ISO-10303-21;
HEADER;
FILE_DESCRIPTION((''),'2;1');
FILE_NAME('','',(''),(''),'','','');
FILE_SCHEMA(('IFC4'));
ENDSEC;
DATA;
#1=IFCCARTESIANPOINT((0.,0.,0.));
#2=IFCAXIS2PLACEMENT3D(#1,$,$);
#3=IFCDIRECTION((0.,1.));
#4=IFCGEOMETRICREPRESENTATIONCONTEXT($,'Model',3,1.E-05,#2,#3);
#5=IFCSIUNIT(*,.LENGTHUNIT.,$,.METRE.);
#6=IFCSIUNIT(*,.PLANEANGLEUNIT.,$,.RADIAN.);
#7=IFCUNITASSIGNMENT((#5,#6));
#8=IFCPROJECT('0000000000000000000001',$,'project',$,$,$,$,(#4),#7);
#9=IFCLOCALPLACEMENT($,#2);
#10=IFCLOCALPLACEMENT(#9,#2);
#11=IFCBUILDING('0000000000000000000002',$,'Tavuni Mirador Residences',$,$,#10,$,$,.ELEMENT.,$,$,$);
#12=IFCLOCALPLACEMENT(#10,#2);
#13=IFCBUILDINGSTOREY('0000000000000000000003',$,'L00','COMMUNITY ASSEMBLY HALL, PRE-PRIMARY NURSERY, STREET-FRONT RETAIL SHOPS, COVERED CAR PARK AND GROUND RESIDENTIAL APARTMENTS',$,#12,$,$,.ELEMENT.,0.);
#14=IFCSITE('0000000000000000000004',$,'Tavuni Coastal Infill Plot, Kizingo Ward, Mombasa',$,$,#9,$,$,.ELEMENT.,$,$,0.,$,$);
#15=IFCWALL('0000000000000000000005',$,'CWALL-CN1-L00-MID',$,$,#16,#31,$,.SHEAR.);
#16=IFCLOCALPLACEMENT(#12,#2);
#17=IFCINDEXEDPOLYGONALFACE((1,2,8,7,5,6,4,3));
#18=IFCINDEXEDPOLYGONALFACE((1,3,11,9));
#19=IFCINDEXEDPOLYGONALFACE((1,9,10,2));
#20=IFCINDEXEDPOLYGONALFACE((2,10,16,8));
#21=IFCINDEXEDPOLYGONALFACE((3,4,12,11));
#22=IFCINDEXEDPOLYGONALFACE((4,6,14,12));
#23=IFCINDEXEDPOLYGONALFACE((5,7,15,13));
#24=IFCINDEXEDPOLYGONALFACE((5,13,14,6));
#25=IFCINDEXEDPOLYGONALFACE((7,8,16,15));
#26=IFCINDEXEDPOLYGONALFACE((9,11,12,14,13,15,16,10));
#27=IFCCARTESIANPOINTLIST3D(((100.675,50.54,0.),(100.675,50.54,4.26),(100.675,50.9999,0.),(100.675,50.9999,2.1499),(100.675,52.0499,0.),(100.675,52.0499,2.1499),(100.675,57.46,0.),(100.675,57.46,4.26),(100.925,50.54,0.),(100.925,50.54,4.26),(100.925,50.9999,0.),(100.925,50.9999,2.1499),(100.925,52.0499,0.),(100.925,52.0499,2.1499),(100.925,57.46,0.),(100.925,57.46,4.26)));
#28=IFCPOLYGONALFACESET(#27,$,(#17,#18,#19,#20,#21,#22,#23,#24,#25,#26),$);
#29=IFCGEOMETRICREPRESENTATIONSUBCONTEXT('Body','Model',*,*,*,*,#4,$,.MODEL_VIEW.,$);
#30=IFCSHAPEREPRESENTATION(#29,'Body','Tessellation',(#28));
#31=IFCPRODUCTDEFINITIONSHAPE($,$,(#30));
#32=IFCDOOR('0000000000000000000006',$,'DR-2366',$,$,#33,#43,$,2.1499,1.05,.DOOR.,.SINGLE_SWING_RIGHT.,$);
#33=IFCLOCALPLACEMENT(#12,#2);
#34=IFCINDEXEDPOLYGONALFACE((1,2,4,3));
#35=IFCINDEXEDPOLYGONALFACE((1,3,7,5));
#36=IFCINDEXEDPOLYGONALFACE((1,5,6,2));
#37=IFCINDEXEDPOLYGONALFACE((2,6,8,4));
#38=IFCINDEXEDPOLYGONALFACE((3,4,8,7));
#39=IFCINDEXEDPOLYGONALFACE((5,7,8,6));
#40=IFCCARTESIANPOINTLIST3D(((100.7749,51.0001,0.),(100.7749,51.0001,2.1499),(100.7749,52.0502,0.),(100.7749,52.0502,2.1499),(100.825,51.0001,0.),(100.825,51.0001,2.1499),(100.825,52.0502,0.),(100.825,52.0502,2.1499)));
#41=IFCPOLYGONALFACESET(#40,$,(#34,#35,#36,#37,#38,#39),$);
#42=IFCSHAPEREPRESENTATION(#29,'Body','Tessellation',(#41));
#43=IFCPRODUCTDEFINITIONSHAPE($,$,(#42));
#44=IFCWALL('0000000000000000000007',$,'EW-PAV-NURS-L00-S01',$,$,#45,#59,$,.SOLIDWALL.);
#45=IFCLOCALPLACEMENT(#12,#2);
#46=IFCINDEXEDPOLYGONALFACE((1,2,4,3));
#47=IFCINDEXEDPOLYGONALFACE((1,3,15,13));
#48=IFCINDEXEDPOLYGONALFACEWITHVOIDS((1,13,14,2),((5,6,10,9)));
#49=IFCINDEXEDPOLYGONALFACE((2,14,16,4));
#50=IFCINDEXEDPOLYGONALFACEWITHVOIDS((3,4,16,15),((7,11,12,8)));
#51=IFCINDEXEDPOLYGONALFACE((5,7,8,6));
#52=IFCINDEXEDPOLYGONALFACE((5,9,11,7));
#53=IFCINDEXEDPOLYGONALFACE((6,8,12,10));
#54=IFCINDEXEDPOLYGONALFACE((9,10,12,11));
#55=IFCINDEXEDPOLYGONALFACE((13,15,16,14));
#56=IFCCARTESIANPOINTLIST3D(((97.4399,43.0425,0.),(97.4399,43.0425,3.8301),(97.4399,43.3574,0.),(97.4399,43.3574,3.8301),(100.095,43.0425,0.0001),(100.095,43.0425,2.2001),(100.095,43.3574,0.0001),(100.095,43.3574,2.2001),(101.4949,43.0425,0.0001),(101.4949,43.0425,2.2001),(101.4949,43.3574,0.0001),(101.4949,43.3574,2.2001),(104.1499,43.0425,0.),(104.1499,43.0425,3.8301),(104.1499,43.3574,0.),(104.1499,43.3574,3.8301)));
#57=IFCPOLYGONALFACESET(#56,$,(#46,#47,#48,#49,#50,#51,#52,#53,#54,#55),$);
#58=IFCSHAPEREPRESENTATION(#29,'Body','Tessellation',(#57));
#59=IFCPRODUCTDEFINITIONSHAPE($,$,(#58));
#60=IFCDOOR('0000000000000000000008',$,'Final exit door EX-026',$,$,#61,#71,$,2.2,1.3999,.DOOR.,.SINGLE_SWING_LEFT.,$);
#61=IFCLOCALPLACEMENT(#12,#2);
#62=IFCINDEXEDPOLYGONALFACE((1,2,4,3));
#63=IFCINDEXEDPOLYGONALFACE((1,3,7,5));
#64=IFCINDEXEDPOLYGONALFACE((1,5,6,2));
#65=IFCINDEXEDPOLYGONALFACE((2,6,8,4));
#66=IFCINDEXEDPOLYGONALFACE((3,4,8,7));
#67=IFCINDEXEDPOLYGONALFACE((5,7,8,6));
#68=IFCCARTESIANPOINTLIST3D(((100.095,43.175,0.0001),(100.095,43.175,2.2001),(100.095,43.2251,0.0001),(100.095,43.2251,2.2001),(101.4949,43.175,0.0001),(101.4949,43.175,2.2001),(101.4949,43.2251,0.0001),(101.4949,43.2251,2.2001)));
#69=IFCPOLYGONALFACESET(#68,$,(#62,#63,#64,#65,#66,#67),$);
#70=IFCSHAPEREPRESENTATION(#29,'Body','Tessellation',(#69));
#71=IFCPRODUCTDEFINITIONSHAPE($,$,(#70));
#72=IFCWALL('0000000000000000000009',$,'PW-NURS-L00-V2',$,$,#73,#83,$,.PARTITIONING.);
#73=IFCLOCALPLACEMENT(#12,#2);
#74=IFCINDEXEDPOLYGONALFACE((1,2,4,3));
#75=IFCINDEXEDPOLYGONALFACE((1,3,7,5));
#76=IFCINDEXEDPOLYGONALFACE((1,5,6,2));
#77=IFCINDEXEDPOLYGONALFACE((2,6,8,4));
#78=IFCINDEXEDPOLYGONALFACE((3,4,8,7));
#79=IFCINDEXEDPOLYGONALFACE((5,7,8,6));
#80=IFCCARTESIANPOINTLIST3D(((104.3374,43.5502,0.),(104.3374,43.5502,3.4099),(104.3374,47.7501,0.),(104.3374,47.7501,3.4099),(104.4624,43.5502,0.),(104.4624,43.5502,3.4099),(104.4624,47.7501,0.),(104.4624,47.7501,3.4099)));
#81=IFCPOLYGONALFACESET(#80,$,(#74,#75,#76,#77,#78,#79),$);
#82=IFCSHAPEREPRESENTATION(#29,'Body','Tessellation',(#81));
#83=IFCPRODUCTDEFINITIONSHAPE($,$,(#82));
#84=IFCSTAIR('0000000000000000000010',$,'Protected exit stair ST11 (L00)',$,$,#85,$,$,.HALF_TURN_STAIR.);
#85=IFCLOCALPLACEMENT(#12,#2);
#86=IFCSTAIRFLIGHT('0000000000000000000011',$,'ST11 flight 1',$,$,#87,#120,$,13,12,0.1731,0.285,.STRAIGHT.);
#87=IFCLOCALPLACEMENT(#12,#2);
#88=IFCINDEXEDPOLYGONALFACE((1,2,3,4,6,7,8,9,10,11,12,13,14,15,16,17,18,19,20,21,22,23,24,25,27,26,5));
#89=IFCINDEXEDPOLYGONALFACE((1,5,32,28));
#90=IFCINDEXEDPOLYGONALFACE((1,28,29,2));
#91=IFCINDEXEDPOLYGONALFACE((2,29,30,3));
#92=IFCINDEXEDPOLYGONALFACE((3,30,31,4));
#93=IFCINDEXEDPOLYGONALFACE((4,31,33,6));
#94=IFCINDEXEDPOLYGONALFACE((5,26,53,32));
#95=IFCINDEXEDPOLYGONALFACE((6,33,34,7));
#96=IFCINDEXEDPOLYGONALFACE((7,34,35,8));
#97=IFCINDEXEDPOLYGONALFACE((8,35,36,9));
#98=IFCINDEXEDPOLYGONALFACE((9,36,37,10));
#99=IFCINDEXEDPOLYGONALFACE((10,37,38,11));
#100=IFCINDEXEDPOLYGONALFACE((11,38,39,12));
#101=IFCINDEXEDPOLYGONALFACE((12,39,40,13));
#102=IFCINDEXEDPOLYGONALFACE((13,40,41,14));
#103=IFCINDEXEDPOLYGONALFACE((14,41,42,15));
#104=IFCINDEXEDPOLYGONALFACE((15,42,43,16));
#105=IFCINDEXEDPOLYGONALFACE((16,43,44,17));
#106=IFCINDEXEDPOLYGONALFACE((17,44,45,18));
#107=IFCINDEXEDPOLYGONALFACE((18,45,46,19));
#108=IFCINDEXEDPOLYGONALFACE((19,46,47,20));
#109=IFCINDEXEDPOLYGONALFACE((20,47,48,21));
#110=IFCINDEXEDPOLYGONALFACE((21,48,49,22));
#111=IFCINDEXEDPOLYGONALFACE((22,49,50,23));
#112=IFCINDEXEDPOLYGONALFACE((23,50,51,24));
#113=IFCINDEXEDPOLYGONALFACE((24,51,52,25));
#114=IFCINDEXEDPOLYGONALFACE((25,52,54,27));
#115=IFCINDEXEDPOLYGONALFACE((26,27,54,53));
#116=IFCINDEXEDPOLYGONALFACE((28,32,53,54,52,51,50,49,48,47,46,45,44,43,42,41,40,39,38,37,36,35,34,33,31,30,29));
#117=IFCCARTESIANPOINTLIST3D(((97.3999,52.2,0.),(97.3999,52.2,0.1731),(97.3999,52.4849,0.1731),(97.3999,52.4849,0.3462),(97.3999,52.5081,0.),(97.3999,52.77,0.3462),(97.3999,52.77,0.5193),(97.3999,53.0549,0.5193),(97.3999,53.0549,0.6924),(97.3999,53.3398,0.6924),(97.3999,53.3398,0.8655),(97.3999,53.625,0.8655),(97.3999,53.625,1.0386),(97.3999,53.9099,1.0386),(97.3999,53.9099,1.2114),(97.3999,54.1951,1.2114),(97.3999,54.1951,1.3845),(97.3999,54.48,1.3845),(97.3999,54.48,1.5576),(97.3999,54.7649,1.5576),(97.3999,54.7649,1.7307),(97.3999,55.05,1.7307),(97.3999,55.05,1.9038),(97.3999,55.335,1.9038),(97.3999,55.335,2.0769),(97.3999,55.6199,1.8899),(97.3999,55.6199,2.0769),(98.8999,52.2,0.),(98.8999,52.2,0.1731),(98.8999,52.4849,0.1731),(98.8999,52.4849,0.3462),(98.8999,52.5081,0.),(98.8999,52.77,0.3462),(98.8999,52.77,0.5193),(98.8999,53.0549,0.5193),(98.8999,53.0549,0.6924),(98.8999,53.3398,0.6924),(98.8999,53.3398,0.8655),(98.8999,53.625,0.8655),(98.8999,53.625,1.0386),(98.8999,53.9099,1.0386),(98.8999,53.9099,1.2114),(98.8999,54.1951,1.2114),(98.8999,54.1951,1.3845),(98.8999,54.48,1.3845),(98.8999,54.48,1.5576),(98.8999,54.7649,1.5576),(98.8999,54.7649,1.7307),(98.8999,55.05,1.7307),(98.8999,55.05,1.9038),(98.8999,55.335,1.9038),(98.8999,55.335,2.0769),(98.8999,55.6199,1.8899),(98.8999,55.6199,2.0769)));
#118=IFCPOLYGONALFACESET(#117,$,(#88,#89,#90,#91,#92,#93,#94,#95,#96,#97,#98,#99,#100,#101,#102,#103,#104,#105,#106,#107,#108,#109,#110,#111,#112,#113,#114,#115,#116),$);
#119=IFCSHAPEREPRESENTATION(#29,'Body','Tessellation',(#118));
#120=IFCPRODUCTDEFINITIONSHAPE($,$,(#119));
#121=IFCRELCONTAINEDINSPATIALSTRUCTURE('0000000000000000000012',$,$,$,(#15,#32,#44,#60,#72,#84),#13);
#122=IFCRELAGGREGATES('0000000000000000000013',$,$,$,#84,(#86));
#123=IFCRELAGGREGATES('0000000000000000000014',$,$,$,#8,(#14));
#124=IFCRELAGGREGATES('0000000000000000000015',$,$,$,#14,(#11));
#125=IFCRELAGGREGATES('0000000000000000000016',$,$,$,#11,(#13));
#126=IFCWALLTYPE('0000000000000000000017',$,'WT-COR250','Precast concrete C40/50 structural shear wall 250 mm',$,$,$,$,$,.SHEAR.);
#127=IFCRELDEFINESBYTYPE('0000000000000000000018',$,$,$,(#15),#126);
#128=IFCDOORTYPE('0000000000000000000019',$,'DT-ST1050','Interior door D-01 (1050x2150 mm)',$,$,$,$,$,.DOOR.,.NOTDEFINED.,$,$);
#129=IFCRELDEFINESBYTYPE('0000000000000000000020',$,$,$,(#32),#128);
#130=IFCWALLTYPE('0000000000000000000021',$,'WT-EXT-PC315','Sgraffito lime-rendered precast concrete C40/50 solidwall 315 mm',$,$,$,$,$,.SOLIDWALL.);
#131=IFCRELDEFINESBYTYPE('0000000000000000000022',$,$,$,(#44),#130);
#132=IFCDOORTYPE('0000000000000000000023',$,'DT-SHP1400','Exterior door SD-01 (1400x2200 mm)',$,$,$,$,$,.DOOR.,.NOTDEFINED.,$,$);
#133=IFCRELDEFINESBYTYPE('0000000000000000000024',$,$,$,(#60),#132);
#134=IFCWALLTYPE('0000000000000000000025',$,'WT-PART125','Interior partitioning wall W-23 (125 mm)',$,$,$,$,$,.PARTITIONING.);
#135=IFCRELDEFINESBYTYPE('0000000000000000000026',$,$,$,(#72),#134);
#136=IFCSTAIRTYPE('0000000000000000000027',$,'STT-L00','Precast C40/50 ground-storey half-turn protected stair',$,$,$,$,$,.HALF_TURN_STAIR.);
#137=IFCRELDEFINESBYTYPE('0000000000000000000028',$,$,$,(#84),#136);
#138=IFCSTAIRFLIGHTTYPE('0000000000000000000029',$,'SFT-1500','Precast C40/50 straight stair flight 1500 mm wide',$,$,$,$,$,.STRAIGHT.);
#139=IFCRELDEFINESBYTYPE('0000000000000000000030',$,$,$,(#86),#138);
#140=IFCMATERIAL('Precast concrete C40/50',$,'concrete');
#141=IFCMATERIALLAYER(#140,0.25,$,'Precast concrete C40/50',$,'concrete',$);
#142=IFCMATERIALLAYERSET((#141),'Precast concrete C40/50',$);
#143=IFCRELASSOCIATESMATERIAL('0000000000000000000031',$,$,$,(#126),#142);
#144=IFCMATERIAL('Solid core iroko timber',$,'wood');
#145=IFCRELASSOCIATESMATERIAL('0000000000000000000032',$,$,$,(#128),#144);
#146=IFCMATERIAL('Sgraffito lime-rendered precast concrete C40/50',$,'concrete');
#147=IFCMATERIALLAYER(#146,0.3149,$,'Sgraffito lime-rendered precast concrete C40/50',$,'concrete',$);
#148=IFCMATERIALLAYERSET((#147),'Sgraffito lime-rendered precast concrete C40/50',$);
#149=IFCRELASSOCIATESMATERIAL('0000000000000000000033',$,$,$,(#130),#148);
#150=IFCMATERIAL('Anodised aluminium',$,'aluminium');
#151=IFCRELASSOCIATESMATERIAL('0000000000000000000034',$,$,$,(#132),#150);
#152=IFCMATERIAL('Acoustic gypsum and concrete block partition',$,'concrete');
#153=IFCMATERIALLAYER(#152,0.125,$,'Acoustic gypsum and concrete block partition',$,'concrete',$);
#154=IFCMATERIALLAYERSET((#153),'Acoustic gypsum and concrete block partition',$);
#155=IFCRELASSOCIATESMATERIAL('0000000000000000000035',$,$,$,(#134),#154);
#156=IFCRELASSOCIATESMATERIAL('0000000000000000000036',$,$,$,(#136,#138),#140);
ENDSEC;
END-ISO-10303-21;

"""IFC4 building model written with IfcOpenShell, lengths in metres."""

from ifc_helpers import new_model, si_unit, direction, frame, frame_2d, origin, place, context, subcontext, project, spatial, polyline, rectangle, outline, extrude, material, layer, layer_set, type_object, element, fill, aggregate, save


model = new_model("IFC4")

# Units and contexts
model_context = context("Model", 3, precision=1e-05, world=origin(), true_north=direction((0.0, 1.0)))
body_context = subcontext(model_context, "Body", "Model", "MODEL_VIEW")
ifc_project = project(units=[si_unit("LENGTHUNIT", "METRE"), si_unit("PLANEANGLEUNIT", "RADIAN")], contexts=[model_context])

# Site, building, storey
site_placement = place(None, origin())
site = spatial("IfcSite", under=ifc_project, at=site_placement, Name="Tavuni Coastal Infill Plot, Kizingo Ward, Mombasa", CompositionType="ELEMENT", RefElevation=0.0)
building_placement = place(site_placement, origin())
building = spatial("IfcBuilding", under=site, at=building_placement, Name="Tavuni Mirador Residences", CompositionType="ELEMENT")
storey_placement = place(building_placement, origin())
storey = spatial("IfcBuildingStorey", under=building, at=storey_placement, Name="L00", Description="COMMUNITY ASSEMBLY HALL, PRE-PRIMARY NURSERY, STREET-FRONT RETAIL SHOPS, COVERED CAR PARK AND GROUND RESIDENTIAL APARTMENTS", CompositionType="ELEMENT", Elevation=0.0)

# Shared definitions
ifc_material_1 = material(Name="Precast concrete C40/50", Category="concrete")

# Walls, openings, doors
ifc_layer_1 = layer(ifc_material_1, 0.25, Name="Precast concrete C40/50", Category="concrete")
ifc_layer_set_1 = layer_set([ifc_layer_1], Name="Precast concrete C40/50")
wall_type_1 = type_object("IfcWallType", Name="WT-COR250", Description="Precast concrete C40/50 structural shear wall 250 mm", PredefinedType="SHEAR", material=ifc_layer_set_1)
wall_1_placement = place(storey_placement, frame((100.8, 50.54, 0.0), z_axis=(0.0, 0.0, 1.0), x_axis=(0.0, 1.0, 0.0)))
wall_1 = element("IfcWall", 1, at=wall_1_placement, inside=storey, type_object=wall_type_1, Name="CWALL-CN1-L00-MID", PredefinedType="SHEAR", context=body_context, shape_type="SweptSolid", body=[
    extrude(rectangle(XDim=6.9199, YDim=0.25, at=frame_2d((3.46, 0.0))), origin(), (0.0, 0.0, 1.0), 4.26),
])
opening_1_placement = place(wall_1_placement, frame((0.46, 0.0, 0.0)))
opening_1 = element("IfcOpeningElement", 2, at=opening_1_placement, cuts=wall_1, PredefinedType="OPENING", context=body_context, shape_type="SweptSolid", body=[
    extrude(rectangle(XDim=1.05, YDim=2.1499, at=frame_2d((0.5249, 1.075))), frame((0.0, 0.135, 0.0), z_axis=(0.0, -1.0, 0.0), x_axis=(1.0, 0.0, 0.0)), (0.0, 0.0, 1.0), 0.27),
])
ifc_material_2 = material(Name="Solid core iroko timber", Category="wood")
door_type_1 = type_object("IfcDoorType", Name="DT-ST1050", Description="Interior door D-01 (1050x2150 mm)", OperationType="NOTDEFINED", PredefinedType="DOOR", material=ifc_material_2)
door_1_placement = place(opening_1_placement, frame((1.05, 0.0, 0.0), z_axis=(0.0, 0.0, 1.0), x_axis=(-1.0, 0.0, 0.0)))
door_1 = element("IfcDoor", 3, at=door_1_placement, inside=storey, type_object=door_type_1, Name="DR-2366", OperationType="SINGLE_SWING_RIGHT", OverallHeight=2.1499, OverallWidth=1.05, PredefinedType="DOOR", context=body_context, shape_type="SweptSolid", body=[
    extrude(rectangle(XDim=1.05, YDim=2.1499, at=frame_2d((0.5249, 1.075))), frame((0.0, 0.0249, 0.0), z_axis=(0.0, -1.0, 0.0), x_axis=(1.0, 0.0, 0.0)), (0.0, 0.0, 1.0), 0.05),
])
fill(opening_1, door_1)
ifc_material_3 = material(Name="Sgraffito lime-rendered precast concrete C40/50", Category="concrete")
ifc_layer_2 = layer(ifc_material_3, 0.3149, Name="Sgraffito lime-rendered precast concrete C40/50", Category="concrete")
ifc_layer_set_2 = layer_set([ifc_layer_2], Name="Sgraffito lime-rendered precast concrete C40/50")
wall_type_2 = type_object("IfcWallType", Name="WT-EXT-PC315", Description="Sgraffito lime-rendered precast concrete C40/50 solidwall 315 mm", PredefinedType="SOLIDWALL", material=ifc_layer_set_2)
wall_2_placement = place(storey_placement, frame((97.4399, 43.2, 0.0), z_axis=(0.0, 0.0, 1.0), x_axis=(1.0, 0.0, 0.0)))
wall_2 = element("IfcWall", 4, at=wall_2_placement, inside=storey, type_object=wall_type_2, Name="EW-PAV-NURS-L00-S01", PredefinedType="SOLIDWALL", context=body_context, shape_type="SweptSolid", body=[
    extrude(rectangle(XDim=6.71, YDim=0.3149, at=frame_2d((3.355, 0.0))), origin(), (0.0, 0.0, 1.0), 3.8301),
])
opening_2_placement = place(wall_2_placement, frame((2.655, 0.0, 0.0)))
opening_2 = element("IfcOpeningElement", 5, at=opening_2_placement, cuts=wall_2, PredefinedType="OPENING", context=body_context, shape_type="SweptSolid", body=[
    extrude(rectangle(XDim=1.3999, YDim=2.2, at=frame_2d((0.7, 1.1001))), frame((0.0, 0.1675, 0.0), z_axis=(0.0, -1.0, 0.0), x_axis=(1.0, 0.0, 0.0)), (0.0, 0.0, 1.0), 0.335),
])
ifc_material_4 = material(Name="Anodised aluminium", Category="aluminium")
door_type_2 = type_object("IfcDoorType", Name="DT-SHP1400", Description="Exterior door SD-01 (1400x2200 mm)", OperationType="NOTDEFINED", PredefinedType="DOOR", material=ifc_material_4)
door_2_placement = place(opening_2_placement, frame((1.3999, 0.0, 0.0), z_axis=(0.0, 0.0, 1.0), x_axis=(-1.0, 0.0, 0.0)))
door_2 = element("IfcDoor", 6, at=door_2_placement, inside=storey, type_object=door_type_2, Name="Final exit door EX-026", OperationType="SINGLE_SWING_LEFT", OverallHeight=2.2, OverallWidth=1.3999, PredefinedType="DOOR", context=body_context, shape_type="SweptSolid", body=[
    extrude(rectangle(XDim=1.3999, YDim=2.2, at=frame_2d((0.7, 1.1001))), frame((0.0, 0.0249, 0.0), z_axis=(0.0, -1.0, 0.0), x_axis=(1.0, 0.0, 0.0)), (0.0, 0.0, 1.0), 0.05),
])
fill(opening_2, door_2)

# Wall
ifc_material_5 = material(Name="Acoustic gypsum and concrete block partition", Category="concrete")
ifc_layer_3 = layer(ifc_material_5, 0.125, Name="Acoustic gypsum and concrete block partition", Category="concrete")
ifc_layer_set_3 = layer_set([ifc_layer_3], Name="Acoustic gypsum and concrete block partition")
wall_type_3 = type_object("IfcWallType", Name="WT-PART125", Description="Interior partitioning wall W-23 (125 mm)", PredefinedType="PARTITIONING", material=ifc_layer_set_3)
wall_3_placement = place(storey_placement, frame((104.3999, 43.55, 0.0), z_axis=(0.0, 0.0, 1.0), x_axis=(0.0, 1.0, 0.0)))
element("IfcWall", 7, at=wall_3_placement, inside=storey, type_object=wall_type_3, Name="PW-NURS-L00-V2", PredefinedType="PARTITIONING", context=body_context, shape_type="SweptSolid", body=[
    extrude(rectangle(XDim=4.2, YDim=0.125, at=frame_2d((2.1001, 0.0))), origin(), (0.0, 0.0, 1.0), 3.4099),
])

# Stair, stair flight
stair_type = type_object("IfcStairType", Name="STT-L00", Description="Precast C40/50 ground-storey half-turn protected stair", PredefinedType="HALF_TURN_STAIR", material=ifc_material_1)
stair_placement = place(storey_placement, origin())
stair = element("IfcStair", 8, at=stair_placement, inside=storey, type_object=stair_type, Name="Protected exit stair ST11 (L00)", PredefinedType="HALF_TURN_STAIR")
stair_flight_type = type_object("IfcStairFlightType", Name="SFT-1500", Description="Precast C40/50 straight stair flight 1500 mm wide", PredefinedType="STRAIGHT", material=ifc_material_1)
stair_flight_placement = place(storey_placement, frame((98.1499, 52.2, 0.0), z_axis=(0.0, 0.0, 1.0), x_axis=(0.0, 1.0, 0.0)))
stair_flight = element("IfcStairFlight", 9, at=stair_flight_placement, type_object=stair_flight_type, Name="ST11 flight 1", NumberOfRisers=13, NumberOfTreads=12, PredefinedType="STRAIGHT", RiserHeight=0.1731, TreadLength=0.285, context=body_context, shape_type="SweptSolid", body=[
    extrude(outline(polyline([(0.0, 0.0), (0.0, 0.1731), (0.2849, 0.1731), (0.2849, 0.3462), (0.5701, 0.3462), (0.5701, 0.5193), (0.855, 0.5193), (0.855, 0.6924), (1.1399, 0.6924), (1.1399, 0.8655), (1.425, 0.8655), (1.425, 1.0386), (1.71, 1.0386), (1.71, 1.2114), (1.9951, 1.2114), (1.9951, 1.3845), (2.28, 1.3845), (2.28, 1.5576), (2.5649, 1.5576), (2.5649, 1.7307), (2.8501, 1.7307), (2.8501, 1.9038), (3.135, 1.9038), (3.135, 2.0769), (3.4199, 2.0769), (3.4199, 2.25), (3.4199, 1.8899), (0.3081, 0.0), (0.0, 0.0)])), frame((0.0, 0.75, 0.0), z_axis=(0.0, -1.0, 0.0), x_axis=(1.0, 0.0, 0.0)), (0.0, 0.0, 1.0), 1.5),
])
aggregate(stair, [stair_flight])

save(model, "model.ifc")
